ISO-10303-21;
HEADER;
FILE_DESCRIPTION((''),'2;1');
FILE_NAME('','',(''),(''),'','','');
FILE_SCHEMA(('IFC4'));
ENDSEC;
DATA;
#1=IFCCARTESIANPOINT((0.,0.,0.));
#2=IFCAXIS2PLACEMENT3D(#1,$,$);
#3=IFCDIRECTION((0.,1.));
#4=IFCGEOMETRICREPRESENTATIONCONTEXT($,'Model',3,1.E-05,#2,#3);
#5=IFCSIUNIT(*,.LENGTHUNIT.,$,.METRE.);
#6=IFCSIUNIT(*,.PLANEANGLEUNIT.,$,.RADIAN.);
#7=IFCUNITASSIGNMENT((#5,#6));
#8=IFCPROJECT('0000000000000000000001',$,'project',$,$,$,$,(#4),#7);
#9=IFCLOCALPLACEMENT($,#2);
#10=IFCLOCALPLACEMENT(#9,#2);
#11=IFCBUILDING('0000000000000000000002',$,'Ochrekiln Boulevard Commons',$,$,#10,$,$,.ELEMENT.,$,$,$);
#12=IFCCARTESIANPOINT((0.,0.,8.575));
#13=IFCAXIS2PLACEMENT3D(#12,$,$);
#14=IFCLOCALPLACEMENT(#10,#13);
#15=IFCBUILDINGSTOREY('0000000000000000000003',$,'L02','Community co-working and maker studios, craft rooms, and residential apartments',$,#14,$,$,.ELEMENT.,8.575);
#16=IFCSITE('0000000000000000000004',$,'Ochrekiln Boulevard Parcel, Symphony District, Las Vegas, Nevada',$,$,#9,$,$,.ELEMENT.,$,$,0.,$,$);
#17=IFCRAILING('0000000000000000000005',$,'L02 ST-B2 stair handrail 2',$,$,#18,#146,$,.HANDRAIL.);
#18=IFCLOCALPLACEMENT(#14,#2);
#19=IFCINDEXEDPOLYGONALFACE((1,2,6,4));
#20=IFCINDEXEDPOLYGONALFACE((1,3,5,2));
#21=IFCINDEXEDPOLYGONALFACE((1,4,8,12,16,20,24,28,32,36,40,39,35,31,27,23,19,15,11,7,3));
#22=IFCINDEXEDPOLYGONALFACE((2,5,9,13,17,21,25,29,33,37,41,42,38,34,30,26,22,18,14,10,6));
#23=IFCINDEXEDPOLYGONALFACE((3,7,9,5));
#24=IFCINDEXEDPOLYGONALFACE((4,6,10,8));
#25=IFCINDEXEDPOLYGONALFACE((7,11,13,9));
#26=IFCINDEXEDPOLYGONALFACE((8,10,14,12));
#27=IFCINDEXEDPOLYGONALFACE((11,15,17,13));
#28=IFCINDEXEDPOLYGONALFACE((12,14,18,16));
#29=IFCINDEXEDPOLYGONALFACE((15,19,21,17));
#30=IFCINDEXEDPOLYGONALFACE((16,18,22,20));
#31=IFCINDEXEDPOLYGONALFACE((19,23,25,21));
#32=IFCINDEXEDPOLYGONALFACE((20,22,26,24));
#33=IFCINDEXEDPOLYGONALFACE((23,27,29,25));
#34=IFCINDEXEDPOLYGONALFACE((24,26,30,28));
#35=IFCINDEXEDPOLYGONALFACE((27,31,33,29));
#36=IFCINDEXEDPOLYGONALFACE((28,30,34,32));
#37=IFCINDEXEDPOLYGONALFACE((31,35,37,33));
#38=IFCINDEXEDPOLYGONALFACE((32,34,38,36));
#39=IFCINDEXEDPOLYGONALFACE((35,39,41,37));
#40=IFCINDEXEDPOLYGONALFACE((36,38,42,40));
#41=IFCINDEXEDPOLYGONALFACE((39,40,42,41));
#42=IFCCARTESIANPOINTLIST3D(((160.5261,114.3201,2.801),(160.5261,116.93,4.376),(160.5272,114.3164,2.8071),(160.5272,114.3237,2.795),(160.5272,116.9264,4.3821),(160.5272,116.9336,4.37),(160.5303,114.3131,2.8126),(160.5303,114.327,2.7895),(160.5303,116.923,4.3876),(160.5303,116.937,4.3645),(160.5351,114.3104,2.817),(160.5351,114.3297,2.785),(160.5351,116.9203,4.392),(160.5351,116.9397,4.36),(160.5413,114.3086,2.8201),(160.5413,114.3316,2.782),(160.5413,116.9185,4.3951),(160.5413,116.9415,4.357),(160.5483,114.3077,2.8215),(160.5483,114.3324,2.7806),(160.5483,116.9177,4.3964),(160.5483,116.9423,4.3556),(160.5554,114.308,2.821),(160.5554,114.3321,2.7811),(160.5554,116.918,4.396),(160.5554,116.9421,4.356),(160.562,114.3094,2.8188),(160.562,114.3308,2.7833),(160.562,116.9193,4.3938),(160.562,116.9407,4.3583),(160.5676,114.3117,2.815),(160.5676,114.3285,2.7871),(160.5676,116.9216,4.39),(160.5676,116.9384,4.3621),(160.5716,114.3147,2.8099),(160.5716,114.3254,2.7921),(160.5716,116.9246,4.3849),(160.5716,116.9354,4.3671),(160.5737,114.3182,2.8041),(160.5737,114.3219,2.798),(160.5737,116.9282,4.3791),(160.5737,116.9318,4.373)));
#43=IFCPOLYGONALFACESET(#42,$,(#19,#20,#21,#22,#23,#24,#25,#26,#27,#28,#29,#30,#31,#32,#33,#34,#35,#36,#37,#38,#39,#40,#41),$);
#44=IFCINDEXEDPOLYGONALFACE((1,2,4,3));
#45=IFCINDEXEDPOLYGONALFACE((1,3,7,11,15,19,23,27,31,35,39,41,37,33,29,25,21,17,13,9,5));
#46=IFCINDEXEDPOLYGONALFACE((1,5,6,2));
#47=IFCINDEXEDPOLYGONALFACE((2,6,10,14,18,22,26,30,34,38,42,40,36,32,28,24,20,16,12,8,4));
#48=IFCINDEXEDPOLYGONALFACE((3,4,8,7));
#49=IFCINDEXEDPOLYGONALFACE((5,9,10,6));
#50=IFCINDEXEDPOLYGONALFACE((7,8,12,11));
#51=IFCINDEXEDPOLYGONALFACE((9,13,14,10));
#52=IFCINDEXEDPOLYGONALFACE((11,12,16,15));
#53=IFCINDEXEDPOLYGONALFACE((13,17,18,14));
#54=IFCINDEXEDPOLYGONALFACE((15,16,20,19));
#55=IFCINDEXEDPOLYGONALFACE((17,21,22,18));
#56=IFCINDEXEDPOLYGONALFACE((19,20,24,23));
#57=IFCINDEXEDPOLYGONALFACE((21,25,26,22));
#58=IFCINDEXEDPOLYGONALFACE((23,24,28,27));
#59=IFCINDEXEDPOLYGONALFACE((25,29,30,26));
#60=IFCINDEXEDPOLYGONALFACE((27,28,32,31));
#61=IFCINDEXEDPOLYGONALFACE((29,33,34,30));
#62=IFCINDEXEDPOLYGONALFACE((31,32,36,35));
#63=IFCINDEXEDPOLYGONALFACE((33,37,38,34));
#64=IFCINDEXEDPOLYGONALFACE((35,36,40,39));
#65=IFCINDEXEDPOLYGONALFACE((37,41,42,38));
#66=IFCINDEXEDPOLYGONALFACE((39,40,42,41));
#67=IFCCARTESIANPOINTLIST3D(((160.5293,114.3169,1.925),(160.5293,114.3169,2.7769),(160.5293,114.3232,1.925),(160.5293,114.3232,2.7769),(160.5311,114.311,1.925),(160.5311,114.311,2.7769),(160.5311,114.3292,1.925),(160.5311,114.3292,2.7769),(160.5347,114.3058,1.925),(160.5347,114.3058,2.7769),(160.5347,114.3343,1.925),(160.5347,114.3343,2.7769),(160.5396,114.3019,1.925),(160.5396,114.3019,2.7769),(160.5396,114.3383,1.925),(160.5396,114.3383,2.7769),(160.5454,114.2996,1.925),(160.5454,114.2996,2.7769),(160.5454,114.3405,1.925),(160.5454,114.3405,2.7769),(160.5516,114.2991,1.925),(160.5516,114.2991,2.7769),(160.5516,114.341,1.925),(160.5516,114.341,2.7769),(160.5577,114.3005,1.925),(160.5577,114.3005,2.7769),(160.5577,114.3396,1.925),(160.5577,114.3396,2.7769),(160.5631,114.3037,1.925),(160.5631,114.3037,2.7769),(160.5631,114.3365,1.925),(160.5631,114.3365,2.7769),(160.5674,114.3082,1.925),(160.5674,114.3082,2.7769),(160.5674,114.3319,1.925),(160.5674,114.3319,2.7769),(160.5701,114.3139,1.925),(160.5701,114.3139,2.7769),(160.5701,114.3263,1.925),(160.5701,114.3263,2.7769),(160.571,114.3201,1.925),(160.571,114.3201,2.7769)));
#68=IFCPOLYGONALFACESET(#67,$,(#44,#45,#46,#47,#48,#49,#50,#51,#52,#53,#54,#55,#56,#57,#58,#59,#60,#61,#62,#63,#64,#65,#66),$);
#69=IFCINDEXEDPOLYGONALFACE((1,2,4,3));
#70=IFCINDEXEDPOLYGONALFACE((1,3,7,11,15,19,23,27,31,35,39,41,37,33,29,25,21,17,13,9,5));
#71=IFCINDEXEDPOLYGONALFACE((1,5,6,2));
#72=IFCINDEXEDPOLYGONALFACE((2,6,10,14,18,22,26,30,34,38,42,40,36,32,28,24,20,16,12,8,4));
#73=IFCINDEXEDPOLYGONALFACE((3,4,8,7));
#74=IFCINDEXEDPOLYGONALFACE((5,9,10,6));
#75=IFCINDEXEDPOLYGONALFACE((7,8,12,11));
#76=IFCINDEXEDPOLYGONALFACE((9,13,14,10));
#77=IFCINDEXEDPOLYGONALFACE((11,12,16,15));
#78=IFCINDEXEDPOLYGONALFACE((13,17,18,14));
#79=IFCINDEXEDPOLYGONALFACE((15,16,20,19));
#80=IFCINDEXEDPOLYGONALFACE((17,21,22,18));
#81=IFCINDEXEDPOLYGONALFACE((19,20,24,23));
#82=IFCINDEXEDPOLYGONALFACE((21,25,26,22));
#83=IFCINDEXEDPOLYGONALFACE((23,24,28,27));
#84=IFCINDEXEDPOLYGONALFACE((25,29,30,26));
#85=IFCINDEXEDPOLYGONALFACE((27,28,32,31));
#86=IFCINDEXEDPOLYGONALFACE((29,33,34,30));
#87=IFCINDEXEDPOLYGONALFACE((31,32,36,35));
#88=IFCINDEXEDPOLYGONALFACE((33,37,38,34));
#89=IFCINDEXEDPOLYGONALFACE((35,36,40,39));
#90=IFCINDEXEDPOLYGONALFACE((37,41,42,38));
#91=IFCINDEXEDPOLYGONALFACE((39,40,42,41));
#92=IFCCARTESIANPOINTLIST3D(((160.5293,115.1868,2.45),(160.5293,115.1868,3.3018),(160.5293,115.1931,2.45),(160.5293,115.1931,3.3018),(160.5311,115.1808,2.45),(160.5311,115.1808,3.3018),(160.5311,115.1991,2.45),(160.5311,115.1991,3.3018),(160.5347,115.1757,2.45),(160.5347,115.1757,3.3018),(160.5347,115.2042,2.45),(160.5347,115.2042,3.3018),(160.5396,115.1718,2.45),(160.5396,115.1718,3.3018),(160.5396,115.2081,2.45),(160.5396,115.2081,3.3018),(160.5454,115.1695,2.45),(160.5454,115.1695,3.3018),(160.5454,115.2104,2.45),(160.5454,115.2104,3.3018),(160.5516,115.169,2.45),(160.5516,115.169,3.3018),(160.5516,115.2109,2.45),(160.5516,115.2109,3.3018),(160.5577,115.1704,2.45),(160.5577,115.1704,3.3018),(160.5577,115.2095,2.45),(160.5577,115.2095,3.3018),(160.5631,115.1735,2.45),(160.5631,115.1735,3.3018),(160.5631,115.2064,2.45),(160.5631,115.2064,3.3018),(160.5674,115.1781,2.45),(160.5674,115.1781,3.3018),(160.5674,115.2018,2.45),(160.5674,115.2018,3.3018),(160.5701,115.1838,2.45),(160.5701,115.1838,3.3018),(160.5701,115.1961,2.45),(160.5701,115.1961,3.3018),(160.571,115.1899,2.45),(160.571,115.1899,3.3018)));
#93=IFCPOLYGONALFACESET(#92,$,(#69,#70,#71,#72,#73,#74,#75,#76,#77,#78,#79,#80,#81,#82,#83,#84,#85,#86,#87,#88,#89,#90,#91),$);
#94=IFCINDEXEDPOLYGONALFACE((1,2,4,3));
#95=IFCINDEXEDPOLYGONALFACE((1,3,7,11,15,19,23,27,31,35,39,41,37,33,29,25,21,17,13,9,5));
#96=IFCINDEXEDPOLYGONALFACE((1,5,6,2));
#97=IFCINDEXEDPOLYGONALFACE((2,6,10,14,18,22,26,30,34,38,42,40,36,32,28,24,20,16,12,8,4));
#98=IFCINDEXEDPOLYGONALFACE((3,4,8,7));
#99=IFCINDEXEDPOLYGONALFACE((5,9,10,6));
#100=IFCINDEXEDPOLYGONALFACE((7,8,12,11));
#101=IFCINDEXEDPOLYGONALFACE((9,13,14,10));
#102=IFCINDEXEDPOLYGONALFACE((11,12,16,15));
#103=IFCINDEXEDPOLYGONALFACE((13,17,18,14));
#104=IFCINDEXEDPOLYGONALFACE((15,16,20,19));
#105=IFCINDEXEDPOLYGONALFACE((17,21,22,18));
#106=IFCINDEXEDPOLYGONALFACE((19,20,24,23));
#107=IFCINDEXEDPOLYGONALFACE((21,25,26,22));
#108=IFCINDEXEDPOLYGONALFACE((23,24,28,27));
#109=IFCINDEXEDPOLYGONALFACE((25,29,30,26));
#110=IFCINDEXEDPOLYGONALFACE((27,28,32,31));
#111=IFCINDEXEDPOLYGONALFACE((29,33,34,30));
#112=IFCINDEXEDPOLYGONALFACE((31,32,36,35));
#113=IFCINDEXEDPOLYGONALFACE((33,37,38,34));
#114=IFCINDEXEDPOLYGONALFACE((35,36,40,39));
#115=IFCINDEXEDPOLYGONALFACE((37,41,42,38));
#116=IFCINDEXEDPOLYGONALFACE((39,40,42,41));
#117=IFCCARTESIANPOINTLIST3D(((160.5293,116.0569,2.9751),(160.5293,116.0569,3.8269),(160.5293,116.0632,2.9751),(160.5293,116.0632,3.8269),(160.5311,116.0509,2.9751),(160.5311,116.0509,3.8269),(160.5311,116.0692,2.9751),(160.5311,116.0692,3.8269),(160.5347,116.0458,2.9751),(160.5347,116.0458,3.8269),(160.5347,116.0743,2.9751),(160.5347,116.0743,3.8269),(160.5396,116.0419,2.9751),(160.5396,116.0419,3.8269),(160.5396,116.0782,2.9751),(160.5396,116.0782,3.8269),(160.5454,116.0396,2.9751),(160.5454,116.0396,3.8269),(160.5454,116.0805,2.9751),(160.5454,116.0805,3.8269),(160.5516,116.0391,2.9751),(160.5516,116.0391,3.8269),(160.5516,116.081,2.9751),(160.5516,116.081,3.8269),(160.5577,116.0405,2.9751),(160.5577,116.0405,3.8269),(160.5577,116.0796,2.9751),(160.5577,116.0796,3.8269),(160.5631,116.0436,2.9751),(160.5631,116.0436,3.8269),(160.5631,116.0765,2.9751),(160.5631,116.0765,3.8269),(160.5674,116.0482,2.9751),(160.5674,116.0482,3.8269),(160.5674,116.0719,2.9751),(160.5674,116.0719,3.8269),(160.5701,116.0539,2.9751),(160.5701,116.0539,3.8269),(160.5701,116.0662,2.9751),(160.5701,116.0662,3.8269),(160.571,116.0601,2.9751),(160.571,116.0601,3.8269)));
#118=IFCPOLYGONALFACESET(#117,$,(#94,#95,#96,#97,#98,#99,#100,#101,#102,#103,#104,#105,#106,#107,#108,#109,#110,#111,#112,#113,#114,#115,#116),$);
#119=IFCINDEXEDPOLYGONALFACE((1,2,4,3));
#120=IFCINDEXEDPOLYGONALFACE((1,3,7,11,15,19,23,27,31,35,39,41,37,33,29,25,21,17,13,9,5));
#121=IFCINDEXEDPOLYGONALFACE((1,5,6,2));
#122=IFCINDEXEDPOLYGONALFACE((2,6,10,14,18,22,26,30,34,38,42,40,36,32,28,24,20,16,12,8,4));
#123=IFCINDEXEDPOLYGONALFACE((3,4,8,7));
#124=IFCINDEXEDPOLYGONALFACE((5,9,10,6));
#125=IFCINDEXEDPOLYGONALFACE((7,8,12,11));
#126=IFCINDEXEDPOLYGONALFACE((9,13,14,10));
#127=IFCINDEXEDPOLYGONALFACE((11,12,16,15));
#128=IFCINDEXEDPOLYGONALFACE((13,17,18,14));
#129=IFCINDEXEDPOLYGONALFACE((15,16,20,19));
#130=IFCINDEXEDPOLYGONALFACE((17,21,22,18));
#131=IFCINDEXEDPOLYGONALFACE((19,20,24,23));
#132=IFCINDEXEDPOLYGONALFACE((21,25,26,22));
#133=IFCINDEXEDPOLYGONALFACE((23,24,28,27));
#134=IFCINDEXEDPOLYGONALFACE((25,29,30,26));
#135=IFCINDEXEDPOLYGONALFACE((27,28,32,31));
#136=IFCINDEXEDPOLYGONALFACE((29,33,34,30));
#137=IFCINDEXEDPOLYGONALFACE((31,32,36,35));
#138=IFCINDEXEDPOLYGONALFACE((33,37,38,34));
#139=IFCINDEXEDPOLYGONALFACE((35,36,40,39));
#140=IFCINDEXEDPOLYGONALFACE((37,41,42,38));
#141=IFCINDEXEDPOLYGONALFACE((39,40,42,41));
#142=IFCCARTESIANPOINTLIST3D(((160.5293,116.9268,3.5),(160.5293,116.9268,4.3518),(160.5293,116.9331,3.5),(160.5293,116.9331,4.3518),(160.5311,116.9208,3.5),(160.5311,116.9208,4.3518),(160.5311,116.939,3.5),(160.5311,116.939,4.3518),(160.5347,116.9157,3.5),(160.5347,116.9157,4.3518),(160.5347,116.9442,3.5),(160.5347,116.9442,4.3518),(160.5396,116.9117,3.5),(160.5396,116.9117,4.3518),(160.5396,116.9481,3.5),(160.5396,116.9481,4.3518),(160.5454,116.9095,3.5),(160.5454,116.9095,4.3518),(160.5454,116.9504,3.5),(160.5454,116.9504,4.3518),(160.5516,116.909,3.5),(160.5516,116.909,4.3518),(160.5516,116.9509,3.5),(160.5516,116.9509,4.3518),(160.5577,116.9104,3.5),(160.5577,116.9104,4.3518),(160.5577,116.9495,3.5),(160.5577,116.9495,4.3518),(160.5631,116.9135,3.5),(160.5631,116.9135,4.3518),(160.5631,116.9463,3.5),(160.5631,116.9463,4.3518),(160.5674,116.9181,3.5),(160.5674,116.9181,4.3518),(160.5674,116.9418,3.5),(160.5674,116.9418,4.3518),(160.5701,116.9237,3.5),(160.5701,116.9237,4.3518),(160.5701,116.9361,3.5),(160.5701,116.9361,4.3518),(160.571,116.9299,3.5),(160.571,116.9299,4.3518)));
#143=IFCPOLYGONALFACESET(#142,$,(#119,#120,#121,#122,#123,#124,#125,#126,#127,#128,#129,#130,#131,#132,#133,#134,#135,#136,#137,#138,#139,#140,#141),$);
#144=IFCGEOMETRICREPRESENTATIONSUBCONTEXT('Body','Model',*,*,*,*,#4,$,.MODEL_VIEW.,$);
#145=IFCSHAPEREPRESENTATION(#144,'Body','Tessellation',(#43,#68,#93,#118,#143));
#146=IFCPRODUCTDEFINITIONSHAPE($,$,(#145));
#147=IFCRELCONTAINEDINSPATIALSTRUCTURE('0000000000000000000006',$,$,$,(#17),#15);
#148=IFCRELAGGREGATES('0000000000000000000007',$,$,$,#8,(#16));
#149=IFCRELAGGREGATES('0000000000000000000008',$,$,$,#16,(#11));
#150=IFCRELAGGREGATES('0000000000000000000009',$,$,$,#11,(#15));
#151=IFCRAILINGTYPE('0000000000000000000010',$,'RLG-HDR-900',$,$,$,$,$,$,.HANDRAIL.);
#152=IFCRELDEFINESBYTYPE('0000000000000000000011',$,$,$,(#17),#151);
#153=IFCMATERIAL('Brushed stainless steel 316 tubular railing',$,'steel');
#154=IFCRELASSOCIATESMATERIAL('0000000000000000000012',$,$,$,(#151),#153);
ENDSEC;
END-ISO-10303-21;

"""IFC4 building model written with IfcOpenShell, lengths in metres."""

from ifc_helpers import new_model, si_unit, direction, frame, origin, origin_2d, place, context, subcontext, project, spatial, circle, extrude, material, type_object, element, save


model = new_model("IFC4")

# Units and contexts
model_context = context("Model", 3, precision=1e-05, world=origin(), true_north=direction((0.0, 1.0)))
body_context = subcontext(model_context, "Body", "Model", "MODEL_VIEW")
ifc_project = project(units=[si_unit("LENGTHUNIT", "METRE"), si_unit("PLANEANGLEUNIT", "RADIAN")], contexts=[model_context])

# Site, building, storey
site_placement = place(None, origin())
site = spatial("IfcSite", under=ifc_project, at=site_placement, Name="Ochrekiln Boulevard Parcel, Symphony District, Las Vegas, Nevada", CompositionType="ELEMENT", RefElevation=0.0)
building_placement = place(site_placement, origin())
building = spatial("IfcBuilding", under=site, at=building_placement, Name="Ochrekiln Boulevard Commons", CompositionType="ELEMENT")
storey_placement = place(building_placement, frame((0.0, 0.0, 8.575)))
storey = spatial("IfcBuildingStorey", under=building, at=storey_placement, Name="L02", Description="Community co-working and maker studios, craft rooms, and residential apartments", CompositionType="ELEMENT", Elevation=8.575)

# Railing
ifc_material_1 = material(Name="Brushed stainless steel 316 tubular railing", Category="steel")
railing_type_1 = type_object("IfcRailingType", Name="RLG-HDR-900", PredefinedType="HANDRAIL", material=ifc_material_1)
railing_1_placement = place(storey_placement, frame((160.55, 114.3201, 1.925)))
element("IfcRailing", 1, at=railing_1_placement, inside=storey, type_object=railing_type_1, Name="L02 ST-B2 stair handrail 2", PredefinedType="HANDRAIL", context=body_context, shape_type="SweptSolid", body=[
    extrude(circle(Radius=0.0239, at=origin_2d()), frame((0.0, 0.0, 0.876), z_axis=(0.0, 0.856183, 0.516673), x_axis=(-1.0, 0.0, 0.0)), (0.0, 0.0, 1.0), 3.0483),
    extrude(circle(Radius=0.021, at=origin_2d()), origin(), (0.0, 0.0, 1.0), 0.8518),
    extrude(circle(Radius=0.021, at=origin_2d()), frame((0.0, 0.8699, 0.5249)), (0.0, 0.0, 1.0), 0.8518),
    extrude(circle(Radius=0.021, at=origin_2d()), frame((0.0, 1.74, 1.05)), (0.0, 0.0, 1.0), 0.8518),
    extrude(circle(Radius=0.021, at=origin_2d()), frame((0.0, 2.6099, 1.575)), (0.0, 0.0, 1.0), 0.8518),
])

save(model, "model.ifc")
